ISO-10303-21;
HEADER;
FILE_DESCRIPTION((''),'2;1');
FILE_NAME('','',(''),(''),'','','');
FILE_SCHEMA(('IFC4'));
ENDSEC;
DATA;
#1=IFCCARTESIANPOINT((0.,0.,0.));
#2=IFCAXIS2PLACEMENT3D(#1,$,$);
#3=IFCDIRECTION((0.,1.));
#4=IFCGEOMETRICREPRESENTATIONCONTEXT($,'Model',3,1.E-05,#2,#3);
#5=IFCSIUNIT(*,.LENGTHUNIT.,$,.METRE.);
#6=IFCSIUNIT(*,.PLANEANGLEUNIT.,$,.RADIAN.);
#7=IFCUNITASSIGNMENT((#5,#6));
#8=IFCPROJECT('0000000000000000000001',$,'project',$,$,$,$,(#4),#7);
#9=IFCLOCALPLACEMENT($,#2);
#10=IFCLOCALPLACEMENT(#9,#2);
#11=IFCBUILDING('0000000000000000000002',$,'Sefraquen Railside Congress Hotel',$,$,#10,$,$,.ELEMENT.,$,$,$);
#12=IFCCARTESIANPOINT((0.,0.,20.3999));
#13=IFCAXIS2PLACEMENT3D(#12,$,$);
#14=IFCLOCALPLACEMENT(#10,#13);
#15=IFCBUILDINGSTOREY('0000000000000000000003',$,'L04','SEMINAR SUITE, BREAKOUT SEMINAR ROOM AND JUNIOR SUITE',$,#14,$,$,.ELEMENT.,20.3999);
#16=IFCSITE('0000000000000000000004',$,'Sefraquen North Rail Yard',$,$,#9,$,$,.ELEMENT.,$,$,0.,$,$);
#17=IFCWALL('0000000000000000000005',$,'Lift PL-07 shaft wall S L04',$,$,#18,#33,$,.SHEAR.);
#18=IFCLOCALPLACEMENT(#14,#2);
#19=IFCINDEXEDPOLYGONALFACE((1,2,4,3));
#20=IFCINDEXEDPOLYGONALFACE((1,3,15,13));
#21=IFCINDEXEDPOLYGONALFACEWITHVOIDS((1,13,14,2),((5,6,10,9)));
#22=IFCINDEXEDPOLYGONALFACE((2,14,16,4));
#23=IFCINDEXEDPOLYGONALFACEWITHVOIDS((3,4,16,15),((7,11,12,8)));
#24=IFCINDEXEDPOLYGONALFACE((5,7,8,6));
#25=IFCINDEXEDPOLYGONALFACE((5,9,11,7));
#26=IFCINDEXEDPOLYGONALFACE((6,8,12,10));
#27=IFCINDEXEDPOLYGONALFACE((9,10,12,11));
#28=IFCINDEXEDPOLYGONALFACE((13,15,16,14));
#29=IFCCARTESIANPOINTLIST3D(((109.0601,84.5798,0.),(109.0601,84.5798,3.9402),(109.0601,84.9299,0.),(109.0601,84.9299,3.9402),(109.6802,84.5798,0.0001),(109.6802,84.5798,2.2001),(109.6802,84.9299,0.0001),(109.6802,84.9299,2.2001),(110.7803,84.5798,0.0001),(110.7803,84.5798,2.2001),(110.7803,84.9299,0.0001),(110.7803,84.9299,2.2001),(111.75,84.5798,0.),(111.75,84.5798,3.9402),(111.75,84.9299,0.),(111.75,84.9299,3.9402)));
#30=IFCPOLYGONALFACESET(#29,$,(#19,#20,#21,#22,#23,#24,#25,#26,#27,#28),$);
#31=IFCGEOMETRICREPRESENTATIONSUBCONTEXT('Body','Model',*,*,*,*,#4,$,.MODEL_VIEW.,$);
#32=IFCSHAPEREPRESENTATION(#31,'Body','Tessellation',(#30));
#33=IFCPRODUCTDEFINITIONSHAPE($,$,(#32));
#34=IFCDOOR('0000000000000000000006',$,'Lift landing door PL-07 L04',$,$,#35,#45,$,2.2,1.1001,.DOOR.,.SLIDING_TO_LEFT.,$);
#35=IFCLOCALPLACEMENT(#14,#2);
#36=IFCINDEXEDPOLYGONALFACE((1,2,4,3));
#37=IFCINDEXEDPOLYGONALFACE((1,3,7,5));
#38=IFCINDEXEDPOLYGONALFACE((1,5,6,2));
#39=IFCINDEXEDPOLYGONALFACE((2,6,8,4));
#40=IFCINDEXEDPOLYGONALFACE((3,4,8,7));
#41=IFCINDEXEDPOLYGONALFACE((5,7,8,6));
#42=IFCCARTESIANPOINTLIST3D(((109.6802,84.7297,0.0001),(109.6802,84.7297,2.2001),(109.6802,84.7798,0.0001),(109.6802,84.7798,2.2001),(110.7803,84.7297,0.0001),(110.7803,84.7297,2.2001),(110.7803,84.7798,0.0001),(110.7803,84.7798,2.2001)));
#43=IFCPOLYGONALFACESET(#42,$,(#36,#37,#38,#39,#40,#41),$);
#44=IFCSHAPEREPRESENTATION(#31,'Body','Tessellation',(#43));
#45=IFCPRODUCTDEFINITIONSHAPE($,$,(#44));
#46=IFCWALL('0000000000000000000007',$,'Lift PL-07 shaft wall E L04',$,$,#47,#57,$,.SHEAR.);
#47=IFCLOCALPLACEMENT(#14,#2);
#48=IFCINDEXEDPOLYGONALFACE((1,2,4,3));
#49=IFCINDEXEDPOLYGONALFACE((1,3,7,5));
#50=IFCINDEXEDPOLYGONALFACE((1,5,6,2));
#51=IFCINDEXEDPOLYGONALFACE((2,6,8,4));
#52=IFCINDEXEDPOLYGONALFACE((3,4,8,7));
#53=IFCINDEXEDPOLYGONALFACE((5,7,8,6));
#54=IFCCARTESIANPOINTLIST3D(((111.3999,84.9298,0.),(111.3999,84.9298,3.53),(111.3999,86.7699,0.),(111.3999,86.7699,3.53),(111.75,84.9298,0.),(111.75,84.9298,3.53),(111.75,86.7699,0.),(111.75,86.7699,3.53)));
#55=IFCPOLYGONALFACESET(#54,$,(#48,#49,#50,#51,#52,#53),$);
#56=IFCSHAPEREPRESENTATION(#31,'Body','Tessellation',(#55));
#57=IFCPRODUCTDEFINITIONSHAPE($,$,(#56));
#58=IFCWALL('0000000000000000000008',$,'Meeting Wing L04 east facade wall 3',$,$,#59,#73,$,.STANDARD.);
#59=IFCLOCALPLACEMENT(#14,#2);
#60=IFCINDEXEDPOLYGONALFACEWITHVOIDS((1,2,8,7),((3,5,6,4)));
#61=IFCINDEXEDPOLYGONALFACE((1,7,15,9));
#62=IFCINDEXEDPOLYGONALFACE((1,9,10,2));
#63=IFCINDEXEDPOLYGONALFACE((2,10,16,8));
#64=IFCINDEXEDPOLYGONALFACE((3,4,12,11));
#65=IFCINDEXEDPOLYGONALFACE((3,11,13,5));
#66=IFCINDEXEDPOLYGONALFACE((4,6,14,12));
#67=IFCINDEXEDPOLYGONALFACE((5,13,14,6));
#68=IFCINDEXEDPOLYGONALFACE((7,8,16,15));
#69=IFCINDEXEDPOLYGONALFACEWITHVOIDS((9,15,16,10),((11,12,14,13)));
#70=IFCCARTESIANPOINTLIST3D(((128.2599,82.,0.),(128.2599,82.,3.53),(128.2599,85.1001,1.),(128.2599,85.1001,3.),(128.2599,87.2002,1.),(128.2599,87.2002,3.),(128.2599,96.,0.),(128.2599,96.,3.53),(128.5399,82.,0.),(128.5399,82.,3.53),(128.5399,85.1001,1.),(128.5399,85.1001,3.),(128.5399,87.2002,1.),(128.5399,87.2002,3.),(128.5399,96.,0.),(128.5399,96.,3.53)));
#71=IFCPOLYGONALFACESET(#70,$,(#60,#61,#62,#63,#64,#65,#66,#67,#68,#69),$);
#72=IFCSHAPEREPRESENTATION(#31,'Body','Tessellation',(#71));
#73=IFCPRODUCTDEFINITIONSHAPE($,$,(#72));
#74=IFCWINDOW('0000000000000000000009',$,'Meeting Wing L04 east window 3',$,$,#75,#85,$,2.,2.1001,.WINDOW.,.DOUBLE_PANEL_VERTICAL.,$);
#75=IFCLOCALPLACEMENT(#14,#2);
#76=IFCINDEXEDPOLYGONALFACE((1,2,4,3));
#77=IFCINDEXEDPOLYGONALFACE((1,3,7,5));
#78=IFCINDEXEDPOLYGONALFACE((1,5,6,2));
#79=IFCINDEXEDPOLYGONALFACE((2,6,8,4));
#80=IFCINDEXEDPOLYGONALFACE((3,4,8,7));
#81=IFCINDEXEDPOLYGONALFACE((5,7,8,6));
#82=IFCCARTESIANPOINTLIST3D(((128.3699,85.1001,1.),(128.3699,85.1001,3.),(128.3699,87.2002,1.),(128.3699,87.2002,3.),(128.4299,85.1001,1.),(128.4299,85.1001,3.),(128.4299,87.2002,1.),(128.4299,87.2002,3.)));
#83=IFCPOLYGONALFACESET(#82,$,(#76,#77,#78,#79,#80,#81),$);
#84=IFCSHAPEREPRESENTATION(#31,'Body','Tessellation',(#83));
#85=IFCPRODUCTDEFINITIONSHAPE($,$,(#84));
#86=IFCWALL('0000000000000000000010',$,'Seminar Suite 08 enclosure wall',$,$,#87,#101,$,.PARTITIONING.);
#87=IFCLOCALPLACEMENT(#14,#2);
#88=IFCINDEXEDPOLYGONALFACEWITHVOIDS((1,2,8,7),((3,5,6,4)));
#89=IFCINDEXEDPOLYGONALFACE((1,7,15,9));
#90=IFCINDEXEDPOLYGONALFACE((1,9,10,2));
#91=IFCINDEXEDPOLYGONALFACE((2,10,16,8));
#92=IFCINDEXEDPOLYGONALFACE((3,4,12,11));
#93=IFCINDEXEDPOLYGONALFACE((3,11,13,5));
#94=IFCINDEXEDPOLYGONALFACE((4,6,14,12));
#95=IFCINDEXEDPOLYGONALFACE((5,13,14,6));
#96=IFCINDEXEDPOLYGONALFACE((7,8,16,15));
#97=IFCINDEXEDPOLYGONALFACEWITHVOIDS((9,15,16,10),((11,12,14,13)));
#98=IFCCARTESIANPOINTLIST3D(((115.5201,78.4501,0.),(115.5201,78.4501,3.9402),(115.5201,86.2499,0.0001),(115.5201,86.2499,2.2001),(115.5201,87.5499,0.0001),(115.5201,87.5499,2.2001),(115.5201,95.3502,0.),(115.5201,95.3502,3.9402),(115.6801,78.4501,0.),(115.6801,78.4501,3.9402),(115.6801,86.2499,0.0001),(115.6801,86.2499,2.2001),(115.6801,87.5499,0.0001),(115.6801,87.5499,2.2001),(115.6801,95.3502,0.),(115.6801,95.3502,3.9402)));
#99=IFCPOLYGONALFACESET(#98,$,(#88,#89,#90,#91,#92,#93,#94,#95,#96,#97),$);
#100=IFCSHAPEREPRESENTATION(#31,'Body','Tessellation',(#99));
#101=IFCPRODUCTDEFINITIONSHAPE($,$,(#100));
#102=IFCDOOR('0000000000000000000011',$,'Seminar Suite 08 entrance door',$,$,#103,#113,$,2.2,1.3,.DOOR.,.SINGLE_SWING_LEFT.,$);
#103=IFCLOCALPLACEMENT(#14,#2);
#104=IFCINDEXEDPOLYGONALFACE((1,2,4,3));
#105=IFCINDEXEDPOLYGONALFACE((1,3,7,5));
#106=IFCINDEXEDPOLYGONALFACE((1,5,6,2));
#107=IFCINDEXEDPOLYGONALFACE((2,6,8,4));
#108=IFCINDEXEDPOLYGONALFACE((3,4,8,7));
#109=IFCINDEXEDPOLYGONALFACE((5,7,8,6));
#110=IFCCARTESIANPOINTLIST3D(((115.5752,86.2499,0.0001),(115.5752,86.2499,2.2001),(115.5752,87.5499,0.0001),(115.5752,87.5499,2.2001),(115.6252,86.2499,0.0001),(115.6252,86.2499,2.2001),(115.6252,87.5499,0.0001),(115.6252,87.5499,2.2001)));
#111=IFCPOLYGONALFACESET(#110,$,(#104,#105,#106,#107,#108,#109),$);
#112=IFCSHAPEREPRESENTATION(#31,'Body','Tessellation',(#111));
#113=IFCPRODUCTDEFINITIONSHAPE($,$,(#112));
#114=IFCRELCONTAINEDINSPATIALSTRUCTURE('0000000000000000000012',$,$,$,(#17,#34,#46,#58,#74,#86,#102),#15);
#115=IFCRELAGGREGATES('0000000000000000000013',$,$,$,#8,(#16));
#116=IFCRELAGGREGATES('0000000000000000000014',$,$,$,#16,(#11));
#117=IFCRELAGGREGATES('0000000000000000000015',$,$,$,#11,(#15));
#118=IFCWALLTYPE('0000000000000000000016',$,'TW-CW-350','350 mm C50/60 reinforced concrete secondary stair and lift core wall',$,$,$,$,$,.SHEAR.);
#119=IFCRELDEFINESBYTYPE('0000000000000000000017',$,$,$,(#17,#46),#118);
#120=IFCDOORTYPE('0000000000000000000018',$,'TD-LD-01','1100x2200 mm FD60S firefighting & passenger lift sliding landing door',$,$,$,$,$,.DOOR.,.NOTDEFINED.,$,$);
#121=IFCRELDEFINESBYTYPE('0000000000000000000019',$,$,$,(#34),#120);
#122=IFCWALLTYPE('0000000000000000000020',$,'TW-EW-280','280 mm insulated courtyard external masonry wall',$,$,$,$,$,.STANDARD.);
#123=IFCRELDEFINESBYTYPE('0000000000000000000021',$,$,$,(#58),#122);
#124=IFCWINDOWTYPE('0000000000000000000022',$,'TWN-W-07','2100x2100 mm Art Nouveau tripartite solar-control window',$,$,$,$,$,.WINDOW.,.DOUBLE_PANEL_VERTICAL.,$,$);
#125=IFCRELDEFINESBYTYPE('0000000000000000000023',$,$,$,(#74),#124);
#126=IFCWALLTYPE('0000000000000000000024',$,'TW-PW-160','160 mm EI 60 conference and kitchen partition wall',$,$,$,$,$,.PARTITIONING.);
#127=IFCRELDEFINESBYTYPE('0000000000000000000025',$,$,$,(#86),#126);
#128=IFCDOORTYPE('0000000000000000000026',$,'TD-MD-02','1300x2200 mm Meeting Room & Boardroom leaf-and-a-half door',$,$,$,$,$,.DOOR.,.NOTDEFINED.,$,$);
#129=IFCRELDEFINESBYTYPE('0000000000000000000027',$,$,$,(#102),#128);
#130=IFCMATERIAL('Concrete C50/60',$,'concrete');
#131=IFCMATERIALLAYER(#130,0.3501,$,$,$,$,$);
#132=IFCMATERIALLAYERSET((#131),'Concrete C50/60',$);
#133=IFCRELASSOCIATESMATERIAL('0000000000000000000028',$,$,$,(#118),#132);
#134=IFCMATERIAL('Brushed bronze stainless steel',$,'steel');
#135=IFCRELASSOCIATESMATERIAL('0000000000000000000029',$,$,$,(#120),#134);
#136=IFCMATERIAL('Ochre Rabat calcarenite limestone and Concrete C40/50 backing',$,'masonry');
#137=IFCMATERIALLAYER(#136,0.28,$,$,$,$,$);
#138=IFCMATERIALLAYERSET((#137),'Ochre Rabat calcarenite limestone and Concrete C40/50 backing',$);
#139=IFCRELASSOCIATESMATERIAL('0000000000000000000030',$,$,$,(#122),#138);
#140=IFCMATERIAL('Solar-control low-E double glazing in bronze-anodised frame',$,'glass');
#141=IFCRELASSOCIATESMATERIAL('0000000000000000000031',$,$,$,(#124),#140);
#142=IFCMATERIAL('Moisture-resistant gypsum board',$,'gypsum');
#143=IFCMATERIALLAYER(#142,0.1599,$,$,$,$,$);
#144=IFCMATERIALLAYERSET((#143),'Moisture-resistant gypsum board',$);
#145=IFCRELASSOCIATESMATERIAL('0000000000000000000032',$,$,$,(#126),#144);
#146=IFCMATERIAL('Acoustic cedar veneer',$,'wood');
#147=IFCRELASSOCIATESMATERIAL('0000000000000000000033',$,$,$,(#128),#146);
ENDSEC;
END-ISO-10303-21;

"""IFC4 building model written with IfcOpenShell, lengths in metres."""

from ifc_helpers import new_model, si_unit, direction, frame, frame_2d, origin, place, context, subcontext, project, spatial, rectangle, extrude, material, layer, layer_set, type_object, element, fill, save


model = new_model("IFC4")

# Units and contexts
model_context = context("Model", 3, precision=1e-05, world=origin(), true_north=direction((0.0, 1.0)))
body_context = subcontext(model_context, "Body", "Model", "MODEL_VIEW")
ifc_project = project(units=[si_unit("LENGTHUNIT", "METRE"), si_unit("PLANEANGLEUNIT", "RADIAN")], contexts=[model_context])

# Site, building, storey
site_placement = place(None, origin())
site = spatial("IfcSite", under=ifc_project, at=site_placement, Name="Sefraquen North Rail Yard", CompositionType="ELEMENT", RefElevation=0.0)
building_placement = place(site_placement, origin())
building = spatial("IfcBuilding", under=site, at=building_placement, Name="Sefraquen Railside Congress Hotel", CompositionType="ELEMENT")
storey_placement = place(building_placement, frame((0.0, 0.0, 20.3999)))
storey = spatial("IfcBuildingStorey", under=building, at=storey_placement, Name="L04", Description="SEMINAR SUITE, BREAKOUT SEMINAR ROOM AND JUNIOR SUITE", CompositionType="ELEMENT", Elevation=20.3999)

# Shared definitions
ifc_material_1 = material(Name="Concrete C50/60", Category="concrete")
ifc_layer_1 = layer(ifc_material_1, 0.3501)
ifc_layer_set_1 = layer_set([ifc_layer_1], Name="Concrete C50/60")
wall_type_1 = type_object("IfcWallType", Name="TW-CW-350", Description="350 mm C50/60 reinforced concrete secondary stair and lift core wall", PredefinedType="SHEAR", material=ifc_layer_set_1)

# Wall, opening, door
wall_1_placement = place(storey_placement, frame((109.0601, 84.7549, 0.0), z_axis=(0.0, 0.0, 1.0), x_axis=(1.0, 0.0, 0.0)))
wall_1 = element("IfcWall", 1, at=wall_1_placement, inside=storey, type_object=wall_type_1, Name="Lift PL-07 shaft wall S L04", PredefinedType="SHEAR", context=body_context, shape_type="SweptSolid", body=[
    extrude(rectangle(XDim=2.6899, YDim=0.3501, at=frame_2d((1.345, 0.0))), origin(), (0.0, 0.0, 1.0), 3.9402),
])
opening_1_placement = place(wall_1_placement, frame((0.6201, 0.0, 0.0)))
opening_1 = element("IfcOpeningElement", 2, at=opening_1_placement, cuts=wall_1, PredefinedType="OPENING", context=body_context, shape_type="SweptSolid", body=[
    extrude(rectangle(XDim=1.1001, YDim=2.2, at=frame_2d((0.55, 1.1001))), frame((0.0, 0.1851, 0.0), z_axis=(0.0, -1.0, 0.0), x_axis=(1.0, 0.0, 0.0)), (0.0, 0.0, 1.0), 0.3701),
])
ifc_material_2 = material(Name="Brushed bronze stainless steel", Category="steel")
door_type_1 = type_object("IfcDoorType", Name="TD-LD-01", Description="1100x2200 mm FD60S firefighting & passenger lift sliding landing door", OperationType="NOTDEFINED", PredefinedType="DOOR", material=ifc_material_2)
door_1_placement = place(opening_1_placement, origin())
door_1 = element("IfcDoor", 3, at=door_1_placement, inside=storey, type_object=door_type_1, Name="Lift landing door PL-07 L04", OperationType="SLIDING_TO_LEFT", OverallHeight=2.2, OverallWidth=1.1001, PredefinedType="DOOR", context=body_context, shape_type="SweptSolid", body=[
    extrude(rectangle(XDim=1.1001, YDim=2.2, at=frame_2d((0.55, 1.1001))), frame((0.0, 0.0249, 0.0), z_axis=(0.0, -1.0, 0.0), x_axis=(1.0, 0.0, 0.0)), (0.0, 0.0, 1.0), 0.05),
])
fill(opening_1, door_1)

# Wall
wall_2_placement = place(storey_placement, frame((111.575, 84.9299, 0.0), z_axis=(0.0, 0.0, 1.0), x_axis=(0.0, 1.0, 0.0)))
element("IfcWall", 4, at=wall_2_placement, inside=storey, type_object=wall_type_1, Name="Lift PL-07 shaft wall E L04", PredefinedType="SHEAR", context=body_context, shape_type="SweptSolid", body=[
    extrude(rectangle(XDim=1.8401, YDim=0.3501, at=frame_2d((0.9199, 0.0))), origin(), (0.0, 0.0, 1.0), 3.53),
])

# Wall, opening, window
ifc_material_3 = material(Name="Ochre Rabat calcarenite limestone and Concrete C40/50 backing", Category="masonry")
ifc_layer_2 = layer(ifc_material_3, 0.28)
ifc_layer_set_2 = layer_set([ifc_layer_2], Name="Ochre Rabat calcarenite limestone and Concrete C40/50 backing")
wall_type_2 = type_object("IfcWallType", Name="TW-EW-280", Description="280 mm insulated courtyard external masonry wall", PredefinedType="STANDARD", material=ifc_layer_set_2)
wall_3_placement = place(storey_placement, frame((128.3999, 82.0, 0.0), z_axis=(0.0, 0.0, 1.0), x_axis=(0.0, 1.0, 0.0)))
wall_3 = element("IfcWall", 5, at=wall_3_placement, inside=storey, type_object=wall_type_2, Name="Meeting Wing L04 east facade wall 3", PredefinedType="STANDARD", context=body_context, shape_type="SweptSolid", body=[
    extrude(rectangle(XDim=14.0, YDim=0.28, at=frame_2d((7.0, 0.0))), origin(), (0.0, 0.0, 1.0), 3.53),
])
opening_2_placement = place(wall_3_placement, frame((3.1001, 0.0, 1.0)))
opening_2 = element("IfcOpeningElement", 6, at=opening_2_placement, cuts=wall_3, PredefinedType="OPENING", context=body_context, shape_type="SweptSolid", body=[
    extrude(rectangle(XDim=2.1001, YDim=2.0, at=frame_2d((1.05, 1.0))), frame((0.0, 0.1499, 0.0), z_axis=(0.0, -1.0, 0.0), x_axis=(1.0, 0.0, 0.0)), (0.0, 0.0, 1.0), 0.3),
])
ifc_material_4 = material(Name="Solar-control low-E double glazing in bronze-anodised frame", Category="glass")
window_type = type_object("IfcWindowType", Name="TWN-W-07", Description="2100x2100 mm Art Nouveau tripartite solar-control window", PartitioningType="DOUBLE_PANEL_VERTICAL", PredefinedType="WINDOW", material=ifc_material_4)
window_placement = place(opening_2_placement, origin())
window = element("IfcWindow", 7, at=window_placement, inside=storey, type_object=window_type, Name="Meeting Wing L04 east window 3", OverallHeight=2.0, OverallWidth=2.1001, PartitioningType="DOUBLE_PANEL_VERTICAL", PredefinedType="WINDOW", context=body_context, shape_type="SweptSolid", body=[
    extrude(rectangle(XDim=2.1001, YDim=2.0, at=frame_2d((1.05, 1.0))), frame((0.0, 0.03, 0.0), z_axis=(0.0, -1.0, 0.0), x_axis=(1.0, 0.0, 0.0)), (0.0, 0.0, 1.0), 0.0601),
])
fill(opening_2, window)

# Wall, opening, door
ifc_material_5 = material(Name="Moisture-resistant gypsum board", Category="gypsum")
ifc_layer_3 = layer(ifc_material_5, 0.1599)
ifc_layer_set_3 = layer_set([ifc_layer_3], Name="Moisture-resistant gypsum board")
wall_type_3 = type_object("IfcWallType", Name="TW-PW-160", Description="160 mm EI 60 conference and kitchen partition wall", PredefinedType="PARTITIONING", material=ifc_layer_set_3)
wall_4_placement = place(storey_placement, frame((115.6001, 78.45, 0.0), z_axis=(0.0, 0.0, 1.0), x_axis=(0.0, 1.0, 0.0)))
wall_4 = element("IfcWall", 8, at=wall_4_placement, inside=storey, type_object=wall_type_3, Name="Seminar Suite 08 enclosure wall", PredefinedType="PARTITIONING", context=body_context, shape_type="SweptSolid", body=[
    extrude(rectangle(XDim=16.9001, YDim=0.1599, at=frame_2d((8.4502, 0.0))), origin(), (0.0, 0.0, 1.0), 3.9402),
])
opening_3_placement = place(wall_4_placement, frame((7.8, 0.0, 0.0)))
opening_3 = element("IfcOpeningElement", 9, at=opening_3_placement, cuts=wall_4, PredefinedType="OPENING", context=body_context, shape_type="SweptSolid", body=[
    extrude(rectangle(XDim=1.3, YDim=2.2, at=frame_2d((0.6499, 1.1001))), frame((0.0, 0.0898, 0.0), z_axis=(0.0, -1.0, 0.0), x_axis=(1.0, 0.0, 0.0)), (0.0, 0.0, 1.0), 0.1799),
])
ifc_material_6 = material(Name="Acoustic cedar veneer", Category="wood")
door_type_2 = type_object("IfcDoorType", Name="TD-MD-02", Description="1300x2200 mm Meeting Room & Boardroom leaf-and-a-half door", OperationType="NOTDEFINED", PredefinedType="DOOR", material=ifc_material_6)
door_2_placement = place(opening_3_placement, origin())
door_2 = element("IfcDoor", 10, at=door_2_placement, inside=storey, type_object=door_type_2, Name="Seminar Suite 08 entrance door", OperationType="SINGLE_SWING_LEFT", OverallHeight=2.2, OverallWidth=1.3, PredefinedType="DOOR", context=body_context, shape_type="SweptSolid", body=[
    extrude(rectangle(XDim=1.3, YDim=2.2, at=frame_2d((0.6499, 1.1001))), frame((0.0, 0.0249, 0.0), z_axis=(0.0, -1.0, 0.0), x_axis=(1.0, 0.0, 0.0)), (0.0, 0.0, 1.0), 0.05),
])
fill(opening_3, door_2)

save(model, "model.ifc")
